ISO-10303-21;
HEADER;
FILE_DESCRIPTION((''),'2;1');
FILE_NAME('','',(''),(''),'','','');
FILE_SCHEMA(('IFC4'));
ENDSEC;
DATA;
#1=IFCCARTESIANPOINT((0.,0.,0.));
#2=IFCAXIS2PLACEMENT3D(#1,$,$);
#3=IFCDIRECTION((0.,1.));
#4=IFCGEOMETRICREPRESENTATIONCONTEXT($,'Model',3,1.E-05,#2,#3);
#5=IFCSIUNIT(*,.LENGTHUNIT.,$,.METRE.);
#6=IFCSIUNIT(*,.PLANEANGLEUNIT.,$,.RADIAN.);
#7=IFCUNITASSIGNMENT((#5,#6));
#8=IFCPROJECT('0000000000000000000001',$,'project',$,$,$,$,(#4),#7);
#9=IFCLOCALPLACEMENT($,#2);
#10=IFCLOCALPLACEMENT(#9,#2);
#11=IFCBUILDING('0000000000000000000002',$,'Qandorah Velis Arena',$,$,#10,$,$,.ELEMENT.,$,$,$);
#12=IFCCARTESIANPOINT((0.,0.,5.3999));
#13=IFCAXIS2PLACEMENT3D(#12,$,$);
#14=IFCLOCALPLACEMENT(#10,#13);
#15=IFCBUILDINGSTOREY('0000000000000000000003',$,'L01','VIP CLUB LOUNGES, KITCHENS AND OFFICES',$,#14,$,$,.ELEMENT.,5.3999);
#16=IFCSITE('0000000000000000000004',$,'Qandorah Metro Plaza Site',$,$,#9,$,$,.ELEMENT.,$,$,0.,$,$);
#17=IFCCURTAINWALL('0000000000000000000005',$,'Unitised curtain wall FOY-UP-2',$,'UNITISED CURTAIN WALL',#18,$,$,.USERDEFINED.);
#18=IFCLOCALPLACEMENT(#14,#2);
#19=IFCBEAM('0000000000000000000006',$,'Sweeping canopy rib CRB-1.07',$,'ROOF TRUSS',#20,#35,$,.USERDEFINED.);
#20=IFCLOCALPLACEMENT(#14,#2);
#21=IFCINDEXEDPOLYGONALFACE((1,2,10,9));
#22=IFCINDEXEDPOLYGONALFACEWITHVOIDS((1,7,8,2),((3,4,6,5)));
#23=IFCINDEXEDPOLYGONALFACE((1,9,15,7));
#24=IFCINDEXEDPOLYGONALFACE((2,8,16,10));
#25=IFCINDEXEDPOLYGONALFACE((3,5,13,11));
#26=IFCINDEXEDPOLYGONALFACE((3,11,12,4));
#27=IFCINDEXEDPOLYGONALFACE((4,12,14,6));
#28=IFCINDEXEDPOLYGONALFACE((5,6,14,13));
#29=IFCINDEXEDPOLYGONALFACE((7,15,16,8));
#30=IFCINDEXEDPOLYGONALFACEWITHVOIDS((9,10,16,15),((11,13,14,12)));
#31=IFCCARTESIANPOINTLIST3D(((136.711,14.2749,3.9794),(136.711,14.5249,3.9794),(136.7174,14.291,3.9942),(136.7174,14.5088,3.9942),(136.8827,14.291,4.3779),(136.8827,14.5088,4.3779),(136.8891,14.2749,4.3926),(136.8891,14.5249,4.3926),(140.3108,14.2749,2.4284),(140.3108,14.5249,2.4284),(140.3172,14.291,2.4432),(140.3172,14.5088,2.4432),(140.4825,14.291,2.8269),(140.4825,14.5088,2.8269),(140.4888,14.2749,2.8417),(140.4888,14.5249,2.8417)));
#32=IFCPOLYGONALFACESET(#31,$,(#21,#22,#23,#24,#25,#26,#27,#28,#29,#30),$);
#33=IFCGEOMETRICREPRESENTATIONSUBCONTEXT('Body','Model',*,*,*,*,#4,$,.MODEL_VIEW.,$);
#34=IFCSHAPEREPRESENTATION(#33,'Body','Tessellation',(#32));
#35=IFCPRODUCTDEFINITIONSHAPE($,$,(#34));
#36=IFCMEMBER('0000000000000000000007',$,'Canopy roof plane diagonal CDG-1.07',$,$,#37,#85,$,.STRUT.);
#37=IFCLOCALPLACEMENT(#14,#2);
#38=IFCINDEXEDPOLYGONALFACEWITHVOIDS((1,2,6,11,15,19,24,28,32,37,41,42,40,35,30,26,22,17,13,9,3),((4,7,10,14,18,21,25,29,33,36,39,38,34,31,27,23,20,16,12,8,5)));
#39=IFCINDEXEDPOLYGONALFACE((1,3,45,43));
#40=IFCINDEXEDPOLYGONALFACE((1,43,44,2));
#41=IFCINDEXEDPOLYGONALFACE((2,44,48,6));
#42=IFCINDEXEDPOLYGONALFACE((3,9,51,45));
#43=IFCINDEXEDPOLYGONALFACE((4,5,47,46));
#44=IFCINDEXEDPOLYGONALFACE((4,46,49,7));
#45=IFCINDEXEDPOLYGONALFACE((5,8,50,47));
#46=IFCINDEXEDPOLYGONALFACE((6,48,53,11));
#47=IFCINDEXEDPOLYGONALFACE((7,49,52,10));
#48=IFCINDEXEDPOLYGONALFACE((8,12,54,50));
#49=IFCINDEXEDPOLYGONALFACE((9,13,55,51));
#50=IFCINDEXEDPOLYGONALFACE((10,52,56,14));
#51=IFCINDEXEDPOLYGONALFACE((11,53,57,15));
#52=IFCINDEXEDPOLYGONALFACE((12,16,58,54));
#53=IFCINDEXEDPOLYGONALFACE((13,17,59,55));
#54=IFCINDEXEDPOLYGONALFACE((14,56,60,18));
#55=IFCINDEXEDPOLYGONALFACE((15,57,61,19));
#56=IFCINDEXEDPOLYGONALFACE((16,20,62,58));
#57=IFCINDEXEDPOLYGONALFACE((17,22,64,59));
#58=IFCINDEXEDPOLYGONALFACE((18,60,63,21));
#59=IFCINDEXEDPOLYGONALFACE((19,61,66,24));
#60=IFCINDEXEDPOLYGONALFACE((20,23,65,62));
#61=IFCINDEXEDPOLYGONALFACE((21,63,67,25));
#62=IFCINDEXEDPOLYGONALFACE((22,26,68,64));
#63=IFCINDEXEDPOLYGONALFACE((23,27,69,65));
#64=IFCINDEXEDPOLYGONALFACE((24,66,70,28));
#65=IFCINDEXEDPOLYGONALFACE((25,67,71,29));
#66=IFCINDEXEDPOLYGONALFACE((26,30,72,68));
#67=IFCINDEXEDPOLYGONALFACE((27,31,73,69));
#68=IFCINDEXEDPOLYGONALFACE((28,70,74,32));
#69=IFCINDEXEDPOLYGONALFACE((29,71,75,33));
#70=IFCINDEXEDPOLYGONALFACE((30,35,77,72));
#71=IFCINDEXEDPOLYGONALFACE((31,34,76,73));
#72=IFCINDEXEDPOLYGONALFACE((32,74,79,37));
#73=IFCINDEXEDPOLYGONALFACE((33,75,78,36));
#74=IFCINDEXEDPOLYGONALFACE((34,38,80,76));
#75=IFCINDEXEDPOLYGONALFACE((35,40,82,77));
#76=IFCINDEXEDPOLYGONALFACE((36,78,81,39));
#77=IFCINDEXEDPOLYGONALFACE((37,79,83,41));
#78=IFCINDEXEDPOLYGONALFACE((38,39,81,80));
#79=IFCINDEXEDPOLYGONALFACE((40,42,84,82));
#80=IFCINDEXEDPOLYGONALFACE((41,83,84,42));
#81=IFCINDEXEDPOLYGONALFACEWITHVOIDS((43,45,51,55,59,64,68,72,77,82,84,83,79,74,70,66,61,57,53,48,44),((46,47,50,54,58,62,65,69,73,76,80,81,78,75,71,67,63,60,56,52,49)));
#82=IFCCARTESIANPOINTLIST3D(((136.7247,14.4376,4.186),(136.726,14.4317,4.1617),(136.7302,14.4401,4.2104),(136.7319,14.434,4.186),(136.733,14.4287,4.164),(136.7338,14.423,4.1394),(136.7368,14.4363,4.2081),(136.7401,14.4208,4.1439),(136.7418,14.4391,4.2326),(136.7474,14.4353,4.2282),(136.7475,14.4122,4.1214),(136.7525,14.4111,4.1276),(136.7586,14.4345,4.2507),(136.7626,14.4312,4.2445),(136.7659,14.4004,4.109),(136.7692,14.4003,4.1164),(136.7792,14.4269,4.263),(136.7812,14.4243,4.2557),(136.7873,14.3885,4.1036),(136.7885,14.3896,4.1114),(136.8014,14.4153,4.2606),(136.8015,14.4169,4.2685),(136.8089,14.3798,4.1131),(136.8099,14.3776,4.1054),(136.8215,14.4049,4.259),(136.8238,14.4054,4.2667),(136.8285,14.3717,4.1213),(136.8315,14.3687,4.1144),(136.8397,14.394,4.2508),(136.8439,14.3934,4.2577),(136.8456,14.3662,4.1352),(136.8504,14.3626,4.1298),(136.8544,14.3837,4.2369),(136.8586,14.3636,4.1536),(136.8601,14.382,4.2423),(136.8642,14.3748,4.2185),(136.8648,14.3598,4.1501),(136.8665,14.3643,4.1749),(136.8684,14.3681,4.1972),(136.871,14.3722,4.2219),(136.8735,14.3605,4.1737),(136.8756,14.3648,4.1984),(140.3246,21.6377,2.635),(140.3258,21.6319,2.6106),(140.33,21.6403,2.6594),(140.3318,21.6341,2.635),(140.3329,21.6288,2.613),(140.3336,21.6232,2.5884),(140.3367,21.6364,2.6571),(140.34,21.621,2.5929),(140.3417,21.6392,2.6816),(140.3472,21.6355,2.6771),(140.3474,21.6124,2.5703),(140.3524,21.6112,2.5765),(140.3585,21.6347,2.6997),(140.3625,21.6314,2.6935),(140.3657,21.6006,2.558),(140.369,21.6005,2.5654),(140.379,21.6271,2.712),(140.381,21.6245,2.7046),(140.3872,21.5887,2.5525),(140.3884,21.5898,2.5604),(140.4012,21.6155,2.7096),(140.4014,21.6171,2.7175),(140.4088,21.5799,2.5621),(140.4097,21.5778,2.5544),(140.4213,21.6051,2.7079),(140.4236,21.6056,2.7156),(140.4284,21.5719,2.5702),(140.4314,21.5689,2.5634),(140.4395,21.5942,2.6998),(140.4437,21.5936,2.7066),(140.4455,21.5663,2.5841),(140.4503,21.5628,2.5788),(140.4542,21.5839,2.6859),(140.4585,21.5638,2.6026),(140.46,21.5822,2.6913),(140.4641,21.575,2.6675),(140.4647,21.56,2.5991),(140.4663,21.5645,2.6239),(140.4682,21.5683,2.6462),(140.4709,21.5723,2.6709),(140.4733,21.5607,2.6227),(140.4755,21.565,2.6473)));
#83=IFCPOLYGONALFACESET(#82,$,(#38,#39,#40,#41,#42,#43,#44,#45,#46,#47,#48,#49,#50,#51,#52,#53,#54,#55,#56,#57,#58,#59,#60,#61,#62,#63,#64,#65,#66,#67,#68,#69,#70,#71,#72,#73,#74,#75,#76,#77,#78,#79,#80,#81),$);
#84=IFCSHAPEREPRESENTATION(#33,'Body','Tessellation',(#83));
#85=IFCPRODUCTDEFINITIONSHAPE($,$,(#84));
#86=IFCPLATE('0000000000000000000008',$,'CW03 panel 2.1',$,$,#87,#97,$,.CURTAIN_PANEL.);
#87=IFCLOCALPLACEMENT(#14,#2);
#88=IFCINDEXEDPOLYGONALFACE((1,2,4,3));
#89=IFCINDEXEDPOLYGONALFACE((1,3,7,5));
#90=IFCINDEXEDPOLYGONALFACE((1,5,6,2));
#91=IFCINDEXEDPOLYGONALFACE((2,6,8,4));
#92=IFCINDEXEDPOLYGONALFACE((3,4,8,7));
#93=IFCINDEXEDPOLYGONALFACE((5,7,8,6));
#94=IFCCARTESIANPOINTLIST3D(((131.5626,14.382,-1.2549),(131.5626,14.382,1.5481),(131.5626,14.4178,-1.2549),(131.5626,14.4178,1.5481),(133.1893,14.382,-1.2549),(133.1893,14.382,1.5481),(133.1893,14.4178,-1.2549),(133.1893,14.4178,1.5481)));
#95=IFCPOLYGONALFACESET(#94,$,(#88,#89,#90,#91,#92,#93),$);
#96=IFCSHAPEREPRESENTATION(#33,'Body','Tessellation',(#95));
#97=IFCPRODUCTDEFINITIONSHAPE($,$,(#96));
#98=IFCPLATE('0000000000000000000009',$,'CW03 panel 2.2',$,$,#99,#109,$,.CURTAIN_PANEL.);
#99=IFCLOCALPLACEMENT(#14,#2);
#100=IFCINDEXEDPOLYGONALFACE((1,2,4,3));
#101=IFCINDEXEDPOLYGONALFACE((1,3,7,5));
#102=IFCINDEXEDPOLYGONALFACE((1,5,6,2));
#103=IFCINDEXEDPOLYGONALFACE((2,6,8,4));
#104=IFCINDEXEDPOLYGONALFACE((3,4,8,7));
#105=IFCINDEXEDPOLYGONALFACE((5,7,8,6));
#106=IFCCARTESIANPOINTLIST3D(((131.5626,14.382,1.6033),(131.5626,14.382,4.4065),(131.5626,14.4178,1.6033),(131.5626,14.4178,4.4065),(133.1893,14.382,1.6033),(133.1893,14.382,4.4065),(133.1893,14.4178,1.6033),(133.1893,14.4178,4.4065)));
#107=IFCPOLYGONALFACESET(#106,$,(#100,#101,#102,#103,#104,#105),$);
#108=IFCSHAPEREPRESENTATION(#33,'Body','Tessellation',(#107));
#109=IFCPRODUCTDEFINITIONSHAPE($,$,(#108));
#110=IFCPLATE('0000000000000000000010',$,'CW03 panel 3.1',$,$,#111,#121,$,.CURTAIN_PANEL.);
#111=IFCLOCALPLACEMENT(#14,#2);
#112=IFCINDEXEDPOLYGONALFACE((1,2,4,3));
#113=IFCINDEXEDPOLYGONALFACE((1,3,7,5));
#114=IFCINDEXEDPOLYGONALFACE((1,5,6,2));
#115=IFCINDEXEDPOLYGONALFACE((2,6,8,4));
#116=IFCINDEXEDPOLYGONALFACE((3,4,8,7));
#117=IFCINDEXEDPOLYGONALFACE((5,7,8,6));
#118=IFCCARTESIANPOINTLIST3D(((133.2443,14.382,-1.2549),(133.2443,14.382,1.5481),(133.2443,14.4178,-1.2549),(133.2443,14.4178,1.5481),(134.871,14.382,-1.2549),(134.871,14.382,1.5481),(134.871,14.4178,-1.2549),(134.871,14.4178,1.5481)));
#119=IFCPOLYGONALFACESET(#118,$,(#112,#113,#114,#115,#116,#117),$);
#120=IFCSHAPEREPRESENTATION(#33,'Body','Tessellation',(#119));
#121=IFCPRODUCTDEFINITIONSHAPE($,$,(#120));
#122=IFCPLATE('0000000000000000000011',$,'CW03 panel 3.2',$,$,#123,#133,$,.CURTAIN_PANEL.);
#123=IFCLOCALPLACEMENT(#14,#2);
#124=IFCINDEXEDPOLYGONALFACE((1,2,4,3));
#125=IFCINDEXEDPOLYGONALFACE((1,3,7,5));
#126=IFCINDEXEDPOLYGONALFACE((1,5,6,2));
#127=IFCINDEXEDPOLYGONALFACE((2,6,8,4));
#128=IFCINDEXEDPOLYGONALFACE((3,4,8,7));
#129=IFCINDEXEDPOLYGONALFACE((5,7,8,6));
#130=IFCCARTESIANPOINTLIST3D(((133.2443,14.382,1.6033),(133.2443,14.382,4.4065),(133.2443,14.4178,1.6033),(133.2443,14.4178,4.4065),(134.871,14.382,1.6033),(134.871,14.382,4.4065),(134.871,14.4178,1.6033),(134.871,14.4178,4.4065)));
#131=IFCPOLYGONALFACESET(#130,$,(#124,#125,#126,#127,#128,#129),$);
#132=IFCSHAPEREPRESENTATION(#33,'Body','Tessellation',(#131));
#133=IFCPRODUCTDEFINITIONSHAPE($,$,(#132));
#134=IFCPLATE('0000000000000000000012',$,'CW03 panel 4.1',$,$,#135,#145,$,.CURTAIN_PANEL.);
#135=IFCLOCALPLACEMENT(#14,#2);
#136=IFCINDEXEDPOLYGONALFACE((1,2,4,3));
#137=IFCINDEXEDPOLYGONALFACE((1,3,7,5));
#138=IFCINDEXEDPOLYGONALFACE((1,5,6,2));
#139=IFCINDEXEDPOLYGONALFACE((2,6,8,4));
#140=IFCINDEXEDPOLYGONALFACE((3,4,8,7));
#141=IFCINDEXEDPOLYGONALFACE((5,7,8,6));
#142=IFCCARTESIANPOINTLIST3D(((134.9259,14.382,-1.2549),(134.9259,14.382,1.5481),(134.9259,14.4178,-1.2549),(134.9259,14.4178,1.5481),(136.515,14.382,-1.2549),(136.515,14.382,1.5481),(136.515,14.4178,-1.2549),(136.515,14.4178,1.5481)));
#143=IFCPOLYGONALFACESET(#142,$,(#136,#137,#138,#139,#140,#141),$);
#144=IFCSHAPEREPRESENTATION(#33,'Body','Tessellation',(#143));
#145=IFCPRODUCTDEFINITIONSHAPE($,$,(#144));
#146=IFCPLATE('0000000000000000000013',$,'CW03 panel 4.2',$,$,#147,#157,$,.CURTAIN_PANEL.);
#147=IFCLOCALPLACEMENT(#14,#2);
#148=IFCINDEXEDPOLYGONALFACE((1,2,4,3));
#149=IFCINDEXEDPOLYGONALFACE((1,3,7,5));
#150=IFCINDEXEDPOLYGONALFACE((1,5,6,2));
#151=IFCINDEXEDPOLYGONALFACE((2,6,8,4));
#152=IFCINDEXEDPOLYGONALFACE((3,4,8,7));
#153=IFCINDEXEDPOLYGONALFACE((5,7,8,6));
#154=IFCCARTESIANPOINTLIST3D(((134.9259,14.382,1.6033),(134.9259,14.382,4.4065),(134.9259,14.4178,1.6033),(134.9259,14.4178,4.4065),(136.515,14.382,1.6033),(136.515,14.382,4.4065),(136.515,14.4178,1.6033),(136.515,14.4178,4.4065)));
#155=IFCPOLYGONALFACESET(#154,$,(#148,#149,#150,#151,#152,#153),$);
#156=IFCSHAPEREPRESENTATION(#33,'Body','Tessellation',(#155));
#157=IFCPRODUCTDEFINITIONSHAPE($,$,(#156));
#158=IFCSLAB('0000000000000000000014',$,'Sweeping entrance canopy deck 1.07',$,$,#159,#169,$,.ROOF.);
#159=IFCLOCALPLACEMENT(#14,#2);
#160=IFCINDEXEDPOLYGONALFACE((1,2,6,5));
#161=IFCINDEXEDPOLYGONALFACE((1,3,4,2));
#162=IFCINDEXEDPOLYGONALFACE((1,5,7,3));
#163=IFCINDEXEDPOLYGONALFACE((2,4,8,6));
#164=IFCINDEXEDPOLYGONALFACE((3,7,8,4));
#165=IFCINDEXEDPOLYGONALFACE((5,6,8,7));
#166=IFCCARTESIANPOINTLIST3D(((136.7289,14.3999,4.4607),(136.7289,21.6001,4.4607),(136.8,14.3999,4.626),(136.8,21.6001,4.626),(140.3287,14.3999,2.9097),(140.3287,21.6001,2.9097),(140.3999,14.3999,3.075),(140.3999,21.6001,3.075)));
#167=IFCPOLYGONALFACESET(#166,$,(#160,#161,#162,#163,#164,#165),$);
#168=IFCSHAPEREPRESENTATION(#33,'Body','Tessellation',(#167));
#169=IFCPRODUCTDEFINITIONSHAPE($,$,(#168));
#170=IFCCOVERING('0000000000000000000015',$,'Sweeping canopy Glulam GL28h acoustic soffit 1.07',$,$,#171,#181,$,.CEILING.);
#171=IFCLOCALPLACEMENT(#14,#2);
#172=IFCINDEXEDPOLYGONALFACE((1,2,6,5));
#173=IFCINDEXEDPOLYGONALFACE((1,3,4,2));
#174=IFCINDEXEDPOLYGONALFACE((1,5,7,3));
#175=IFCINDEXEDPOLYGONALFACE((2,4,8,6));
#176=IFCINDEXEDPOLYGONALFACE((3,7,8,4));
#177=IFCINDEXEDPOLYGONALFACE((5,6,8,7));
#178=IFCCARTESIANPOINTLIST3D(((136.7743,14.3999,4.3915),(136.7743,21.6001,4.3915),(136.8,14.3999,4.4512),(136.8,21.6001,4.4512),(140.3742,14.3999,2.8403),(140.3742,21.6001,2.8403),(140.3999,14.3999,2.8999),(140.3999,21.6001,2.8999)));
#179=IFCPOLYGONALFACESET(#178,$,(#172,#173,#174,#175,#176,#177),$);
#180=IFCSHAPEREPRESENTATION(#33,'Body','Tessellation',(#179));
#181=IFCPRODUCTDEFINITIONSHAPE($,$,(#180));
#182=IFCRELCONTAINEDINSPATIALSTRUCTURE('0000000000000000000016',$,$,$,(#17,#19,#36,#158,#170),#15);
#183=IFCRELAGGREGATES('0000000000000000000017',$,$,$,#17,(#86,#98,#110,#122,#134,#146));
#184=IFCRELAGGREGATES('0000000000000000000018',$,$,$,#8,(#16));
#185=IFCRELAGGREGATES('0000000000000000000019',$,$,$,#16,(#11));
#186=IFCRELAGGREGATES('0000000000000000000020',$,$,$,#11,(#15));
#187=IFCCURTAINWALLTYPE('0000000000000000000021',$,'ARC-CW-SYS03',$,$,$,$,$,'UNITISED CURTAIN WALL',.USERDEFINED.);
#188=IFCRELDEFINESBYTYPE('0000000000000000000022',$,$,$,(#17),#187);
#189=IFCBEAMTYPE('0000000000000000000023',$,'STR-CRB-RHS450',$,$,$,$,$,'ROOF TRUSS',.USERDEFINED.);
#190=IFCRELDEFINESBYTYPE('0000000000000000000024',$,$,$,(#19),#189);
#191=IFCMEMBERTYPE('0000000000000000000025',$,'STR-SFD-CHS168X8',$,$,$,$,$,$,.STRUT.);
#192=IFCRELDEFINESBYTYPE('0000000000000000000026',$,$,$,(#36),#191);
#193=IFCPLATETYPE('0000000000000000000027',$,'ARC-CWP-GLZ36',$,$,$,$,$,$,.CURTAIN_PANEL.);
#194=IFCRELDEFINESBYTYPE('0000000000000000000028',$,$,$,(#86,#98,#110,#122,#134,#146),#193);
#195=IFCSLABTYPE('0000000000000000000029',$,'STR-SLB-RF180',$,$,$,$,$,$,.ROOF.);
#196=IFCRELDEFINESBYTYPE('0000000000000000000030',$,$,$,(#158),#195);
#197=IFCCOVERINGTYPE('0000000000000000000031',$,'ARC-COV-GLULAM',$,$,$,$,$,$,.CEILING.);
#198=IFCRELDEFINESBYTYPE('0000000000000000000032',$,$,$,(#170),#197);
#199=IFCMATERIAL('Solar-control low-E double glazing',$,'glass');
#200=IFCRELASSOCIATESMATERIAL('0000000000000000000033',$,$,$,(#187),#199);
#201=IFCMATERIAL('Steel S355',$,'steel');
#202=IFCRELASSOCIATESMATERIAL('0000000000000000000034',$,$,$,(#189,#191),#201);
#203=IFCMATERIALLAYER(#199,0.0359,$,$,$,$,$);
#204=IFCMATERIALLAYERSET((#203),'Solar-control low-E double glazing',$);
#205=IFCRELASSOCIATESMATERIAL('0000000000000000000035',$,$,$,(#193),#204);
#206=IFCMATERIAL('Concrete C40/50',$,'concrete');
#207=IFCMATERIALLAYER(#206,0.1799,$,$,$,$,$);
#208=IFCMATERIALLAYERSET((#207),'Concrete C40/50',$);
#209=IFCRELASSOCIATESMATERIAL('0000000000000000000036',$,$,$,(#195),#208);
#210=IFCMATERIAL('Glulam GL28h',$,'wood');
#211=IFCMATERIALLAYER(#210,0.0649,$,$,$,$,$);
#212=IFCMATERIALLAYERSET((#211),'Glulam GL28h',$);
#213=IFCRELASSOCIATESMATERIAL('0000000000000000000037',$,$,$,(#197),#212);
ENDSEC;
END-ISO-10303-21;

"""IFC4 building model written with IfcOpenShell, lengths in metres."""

from ifc_helpers import new_model, si_unit, direction, frame, origin, origin_2d, place, context, subcontext, project, spatial, polyline, rectangle, hollow_rectangle, hollow_circle, outline, extrude, material, layer, layer_set, material_profile, profile_set, type_object, element, aggregate, save


model = new_model("IFC4")

# Units and contexts
model_context = context("Model", 3, precision=1e-05, world=origin(), true_north=direction((0.0, 1.0)))
body_context = subcontext(model_context, "Body", "Model", "MODEL_VIEW")
ifc_project = project(units=[si_unit("LENGTHUNIT", "METRE"), si_unit("PLANEANGLEUNIT", "RADIAN")], contexts=[model_context])

# Site, building, storey
site_placement = place(None, origin())
site = spatial("IfcSite", under=ifc_project, at=site_placement, Name="Qandorah Metro Plaza Site", CompositionType="ELEMENT", RefElevation=0.0)
building_placement = place(site_placement, origin())
building = spatial("IfcBuilding", under=site, at=building_placement, Name="Qandorah Velis Arena", CompositionType="ELEMENT")
storey_placement = place(building_placement, frame((0.0, 0.0, 5.3999)))
storey = spatial("IfcBuildingStorey", under=building, at=storey_placement, Name="L01", Description="VIP CLUB LOUNGES, KITCHENS AND OFFICES", CompositionType="ELEMENT", Elevation=5.3999)

# Curtain wall
ifc_material_1 = material(Name="Solar-control low-E double glazing", Category="glass")
curtain_wall_type_1 = type_object("IfcCurtainWallType", Name="ARC-CW-SYS03", ElementType="UNITISED CURTAIN WALL", PredefinedType="USERDEFINED", material=ifc_material_1)
curtain_wall_1_placement = place(storey_placement, origin())
curtain_wall_1 = element("IfcCurtainWall", 1, at=curtain_wall_1_placement, inside=storey, type_object=curtain_wall_type_1, Name="Unitised curtain wall FOY-UP-2", ObjectType="UNITISED CURTAIN WALL", PredefinedType="USERDEFINED")

# Beam
ifc_material_2 = material(Name="Steel S355", Category="steel")
ifc_material_profile_1 = material_profile(ifc_material_2, hollow_rectangle(XDim=0.25, YDim=0.45, WallThickness=0.0161, at=origin_2d()), Name="RHS 450x250x16")
ifc_profile_set_1 = profile_set([ifc_material_profile_1], Name="Steel S355")
beam_type = type_object("IfcBeamType", Name="STR-CRB-RHS450", ElementType="ROOF TRUSS", PredefinedType="USERDEFINED", material=ifc_profile_set_1)
beam_placement = place(storey_placement, frame((136.8, 14.3999, 4.186), z_axis=(0.918383, 0.0, -0.395693), x_axis=(0.0, 1.0, 0.0)))
element("IfcBeam", 2, at=beam_placement, inside=storey, type_object=beam_type, Name="Sweeping canopy rib CRB-1.07", ObjectType="ROOF TRUSS", PredefinedType="USERDEFINED", context=body_context, shape_type="SweptSolid", body=[
    extrude(hollow_rectangle(XDim=0.25, YDim=0.45, WallThickness=0.0161, at=origin_2d()), origin(), (0.0, 0.0, 1.0), 3.9197),
])

# Member
ifc_material_profile_2 = material_profile(ifc_material_2, hollow_circle(Radius=0.0842, WallThickness=0.0081, at=origin_2d()), Name="CHS 168.3x8")
ifc_profile_set_2 = profile_set([ifc_material_profile_2], Name="Steel S355")
member_type_1 = type_object("IfcMemberType", Name="STR-SFD-CHS168X8", PredefinedType="STRUT", material=ifc_profile_set_2)
member_1_placement = place(storey_placement, frame((136.8, 14.3999, 4.186), z_axis=(0.439113, 0.878285, -0.189195), x_axis=(-0.894439, 0.447189, 0.0)))
element("IfcMember", 3, at=member_1_placement, inside=storey, type_object=member_type_1, Name="Canopy roof plane diagonal CDG-1.07", PredefinedType="STRUT", context=body_context, shape_type="SweptSolid", body=[
    extrude(hollow_circle(Radius=0.0842, WallThickness=0.0081, at=origin_2d()), origin(), (0.0, 0.0, 1.0), 8.198),
])

# Plates
ifc_layer_1 = layer(ifc_material_1, 0.0359)
ifc_layer_set_1 = layer_set([ifc_layer_1], Name="Solar-control low-E double glazing")
plate_type = type_object("IfcPlateType", Name="ARC-CWP-GLZ36", PredefinedType="CURTAIN_PANEL", material=ifc_layer_set_1)
plate_1_placement = place(storey_placement, frame((132.376, 14.3999, -1.2549), z_axis=(0.0, 0.0, 1.0), x_axis=(1.0, 0.0, 0.0)))
plate_1 = element("IfcPlate", 4, at=plate_1_placement, type_object=plate_type, Name="CW03 panel 2.1", PredefinedType="CURTAIN_PANEL", context=body_context, shape_type="SweptSolid", body=[
    extrude(rectangle(XDim=1.6267, YDim=0.0359, at=origin_2d()), origin(), (0.0, 0.0, 1.0), 2.803),
])
plate_2_placement = place(storey_placement, frame((132.376, 14.3999, 1.6033), z_axis=(0.0, 0.0, 1.0), x_axis=(1.0, 0.0, 0.0)))
plate_2 = element("IfcPlate", 5, at=plate_2_placement, type_object=plate_type, Name="CW03 panel 2.2", PredefinedType="CURTAIN_PANEL", context=body_context, shape_type="SweptSolid", body=[
    extrude(rectangle(XDim=1.6267, YDim=0.0359, at=origin_2d()), origin(), (0.0, 0.0, 1.0), 2.8032),
])
plate_3_placement = place(storey_placement, frame((134.0576, 14.3999, -1.2549), z_axis=(0.0, 0.0, 1.0), x_axis=(1.0, 0.0, 0.0)))
plate_3 = element("IfcPlate", 6, at=plate_3_placement, type_object=plate_type, Name="CW03 panel 3.1", PredefinedType="CURTAIN_PANEL", context=body_context, shape_type="SweptSolid", body=[
    extrude(rectangle(XDim=1.6267, YDim=0.0359, at=origin_2d()), origin(), (0.0, 0.0, 1.0), 2.803),
])
plate_4_placement = place(storey_placement, frame((134.0576, 14.3999, 1.6033), z_axis=(0.0, 0.0, 1.0), x_axis=(1.0, 0.0, 0.0)))
plate_4 = element("IfcPlate", 7, at=plate_4_placement, type_object=plate_type, Name="CW03 panel 3.2", PredefinedType="CURTAIN_PANEL", context=body_context, shape_type="SweptSolid", body=[
    extrude(rectangle(XDim=1.6267, YDim=0.0359, at=origin_2d()), origin(), (0.0, 0.0, 1.0), 2.8032),
])
plate_5_placement = place(storey_placement, frame((135.7205, 14.3999, -1.2549), z_axis=(0.0, 0.0, 1.0), x_axis=(1.0, 0.0, 0.0)))
plate_5 = element("IfcPlate", 8, at=plate_5_placement, type_object=plate_type, Name="CW03 panel 4.1", PredefinedType="CURTAIN_PANEL", context=body_context, shape_type="SweptSolid", body=[
    extrude(rectangle(XDim=1.5891, YDim=0.0359, at=origin_2d()), origin(), (0.0, 0.0, 1.0), 2.803),
])
plate_6_placement = place(storey_placement, frame((135.7205, 14.3999, 1.6033), z_axis=(0.0, 0.0, 1.0), x_axis=(1.0, 0.0, 0.0)))
plate_6 = element("IfcPlate", 9, at=plate_6_placement, type_object=plate_type, Name="CW03 panel 4.2", PredefinedType="CURTAIN_PANEL", context=body_context, shape_type="SweptSolid", body=[
    extrude(rectangle(XDim=1.5891, YDim=0.0359, at=origin_2d()), origin(), (0.0, 0.0, 1.0), 2.8032),
])
aggregate(curtain_wall_1, [plate_1, plate_2, plate_3, plate_4, plate_5, plate_6])

# Slab
ifc_material_3 = material(Name="Concrete C40/50", Category="concrete")
ifc_layer_2 = layer(ifc_material_3, 0.1799)
ifc_layer_set_2 = layer_set([ifc_layer_2], Name="Concrete C40/50")
slab_type = type_object("IfcSlabType", Name="STR-SLB-RF180", PredefinedType="ROOF", material=ifc_layer_set_2)
slab_placement = place(storey_placement, frame((136.8, 14.3999, 4.626), z_axis=(0.395693, 0.0, 0.918383), x_axis=(0.918383, 0.0, -0.395693)))
element("IfcSlab", 10, at=slab_placement, inside=storey, type_object=slab_type, Name="Sweeping entrance canopy deck 1.07", PredefinedType="ROOF", context=body_context, shape_type="SweptSolid", body=[
    extrude(outline(polyline([(0.0, 0.0), (3.9198, 0.0), (3.9198, 7.2002), (0.0, 7.2002), (0.0, 0.0)])), origin(), (0.0, 0.0, -1.0), 0.1799),
])

# Covering
ifc_material_4 = material(Name="Glulam GL28h", Category="wood")
ifc_layer_3 = layer(ifc_material_4, 0.0649)
ifc_layer_set_3 = layer_set([ifc_layer_3], Name="Glulam GL28h")
covering_type_1 = type_object("IfcCoveringType", Name="ARC-COV-GLULAM", PredefinedType="CEILING", material=ifc_layer_set_3)
covering_1_placement = place(storey_placement, frame((136.8, 14.3999, 4.4512), z_axis=(0.395745, 0.0, 0.91836), x_axis=(0.91836, 0.0, -0.395745)))
element("IfcCovering", 11, at=covering_1_placement, inside=storey, type_object=covering_type_1, Name="Sweeping canopy Glulam GL28h acoustic soffit 1.07", PredefinedType="CEILING", context=body_context, shape_type="SweptSolid", body=[
    extrude(outline(polyline([(0.0, 0.0), (3.9199, 0.0), (3.9199, 7.2002), (0.0, 7.2002), (0.0, 0.0)])), origin(), (0.0, 0.0, -1.0), 0.0649),
])

save(model, "model.ifc")
